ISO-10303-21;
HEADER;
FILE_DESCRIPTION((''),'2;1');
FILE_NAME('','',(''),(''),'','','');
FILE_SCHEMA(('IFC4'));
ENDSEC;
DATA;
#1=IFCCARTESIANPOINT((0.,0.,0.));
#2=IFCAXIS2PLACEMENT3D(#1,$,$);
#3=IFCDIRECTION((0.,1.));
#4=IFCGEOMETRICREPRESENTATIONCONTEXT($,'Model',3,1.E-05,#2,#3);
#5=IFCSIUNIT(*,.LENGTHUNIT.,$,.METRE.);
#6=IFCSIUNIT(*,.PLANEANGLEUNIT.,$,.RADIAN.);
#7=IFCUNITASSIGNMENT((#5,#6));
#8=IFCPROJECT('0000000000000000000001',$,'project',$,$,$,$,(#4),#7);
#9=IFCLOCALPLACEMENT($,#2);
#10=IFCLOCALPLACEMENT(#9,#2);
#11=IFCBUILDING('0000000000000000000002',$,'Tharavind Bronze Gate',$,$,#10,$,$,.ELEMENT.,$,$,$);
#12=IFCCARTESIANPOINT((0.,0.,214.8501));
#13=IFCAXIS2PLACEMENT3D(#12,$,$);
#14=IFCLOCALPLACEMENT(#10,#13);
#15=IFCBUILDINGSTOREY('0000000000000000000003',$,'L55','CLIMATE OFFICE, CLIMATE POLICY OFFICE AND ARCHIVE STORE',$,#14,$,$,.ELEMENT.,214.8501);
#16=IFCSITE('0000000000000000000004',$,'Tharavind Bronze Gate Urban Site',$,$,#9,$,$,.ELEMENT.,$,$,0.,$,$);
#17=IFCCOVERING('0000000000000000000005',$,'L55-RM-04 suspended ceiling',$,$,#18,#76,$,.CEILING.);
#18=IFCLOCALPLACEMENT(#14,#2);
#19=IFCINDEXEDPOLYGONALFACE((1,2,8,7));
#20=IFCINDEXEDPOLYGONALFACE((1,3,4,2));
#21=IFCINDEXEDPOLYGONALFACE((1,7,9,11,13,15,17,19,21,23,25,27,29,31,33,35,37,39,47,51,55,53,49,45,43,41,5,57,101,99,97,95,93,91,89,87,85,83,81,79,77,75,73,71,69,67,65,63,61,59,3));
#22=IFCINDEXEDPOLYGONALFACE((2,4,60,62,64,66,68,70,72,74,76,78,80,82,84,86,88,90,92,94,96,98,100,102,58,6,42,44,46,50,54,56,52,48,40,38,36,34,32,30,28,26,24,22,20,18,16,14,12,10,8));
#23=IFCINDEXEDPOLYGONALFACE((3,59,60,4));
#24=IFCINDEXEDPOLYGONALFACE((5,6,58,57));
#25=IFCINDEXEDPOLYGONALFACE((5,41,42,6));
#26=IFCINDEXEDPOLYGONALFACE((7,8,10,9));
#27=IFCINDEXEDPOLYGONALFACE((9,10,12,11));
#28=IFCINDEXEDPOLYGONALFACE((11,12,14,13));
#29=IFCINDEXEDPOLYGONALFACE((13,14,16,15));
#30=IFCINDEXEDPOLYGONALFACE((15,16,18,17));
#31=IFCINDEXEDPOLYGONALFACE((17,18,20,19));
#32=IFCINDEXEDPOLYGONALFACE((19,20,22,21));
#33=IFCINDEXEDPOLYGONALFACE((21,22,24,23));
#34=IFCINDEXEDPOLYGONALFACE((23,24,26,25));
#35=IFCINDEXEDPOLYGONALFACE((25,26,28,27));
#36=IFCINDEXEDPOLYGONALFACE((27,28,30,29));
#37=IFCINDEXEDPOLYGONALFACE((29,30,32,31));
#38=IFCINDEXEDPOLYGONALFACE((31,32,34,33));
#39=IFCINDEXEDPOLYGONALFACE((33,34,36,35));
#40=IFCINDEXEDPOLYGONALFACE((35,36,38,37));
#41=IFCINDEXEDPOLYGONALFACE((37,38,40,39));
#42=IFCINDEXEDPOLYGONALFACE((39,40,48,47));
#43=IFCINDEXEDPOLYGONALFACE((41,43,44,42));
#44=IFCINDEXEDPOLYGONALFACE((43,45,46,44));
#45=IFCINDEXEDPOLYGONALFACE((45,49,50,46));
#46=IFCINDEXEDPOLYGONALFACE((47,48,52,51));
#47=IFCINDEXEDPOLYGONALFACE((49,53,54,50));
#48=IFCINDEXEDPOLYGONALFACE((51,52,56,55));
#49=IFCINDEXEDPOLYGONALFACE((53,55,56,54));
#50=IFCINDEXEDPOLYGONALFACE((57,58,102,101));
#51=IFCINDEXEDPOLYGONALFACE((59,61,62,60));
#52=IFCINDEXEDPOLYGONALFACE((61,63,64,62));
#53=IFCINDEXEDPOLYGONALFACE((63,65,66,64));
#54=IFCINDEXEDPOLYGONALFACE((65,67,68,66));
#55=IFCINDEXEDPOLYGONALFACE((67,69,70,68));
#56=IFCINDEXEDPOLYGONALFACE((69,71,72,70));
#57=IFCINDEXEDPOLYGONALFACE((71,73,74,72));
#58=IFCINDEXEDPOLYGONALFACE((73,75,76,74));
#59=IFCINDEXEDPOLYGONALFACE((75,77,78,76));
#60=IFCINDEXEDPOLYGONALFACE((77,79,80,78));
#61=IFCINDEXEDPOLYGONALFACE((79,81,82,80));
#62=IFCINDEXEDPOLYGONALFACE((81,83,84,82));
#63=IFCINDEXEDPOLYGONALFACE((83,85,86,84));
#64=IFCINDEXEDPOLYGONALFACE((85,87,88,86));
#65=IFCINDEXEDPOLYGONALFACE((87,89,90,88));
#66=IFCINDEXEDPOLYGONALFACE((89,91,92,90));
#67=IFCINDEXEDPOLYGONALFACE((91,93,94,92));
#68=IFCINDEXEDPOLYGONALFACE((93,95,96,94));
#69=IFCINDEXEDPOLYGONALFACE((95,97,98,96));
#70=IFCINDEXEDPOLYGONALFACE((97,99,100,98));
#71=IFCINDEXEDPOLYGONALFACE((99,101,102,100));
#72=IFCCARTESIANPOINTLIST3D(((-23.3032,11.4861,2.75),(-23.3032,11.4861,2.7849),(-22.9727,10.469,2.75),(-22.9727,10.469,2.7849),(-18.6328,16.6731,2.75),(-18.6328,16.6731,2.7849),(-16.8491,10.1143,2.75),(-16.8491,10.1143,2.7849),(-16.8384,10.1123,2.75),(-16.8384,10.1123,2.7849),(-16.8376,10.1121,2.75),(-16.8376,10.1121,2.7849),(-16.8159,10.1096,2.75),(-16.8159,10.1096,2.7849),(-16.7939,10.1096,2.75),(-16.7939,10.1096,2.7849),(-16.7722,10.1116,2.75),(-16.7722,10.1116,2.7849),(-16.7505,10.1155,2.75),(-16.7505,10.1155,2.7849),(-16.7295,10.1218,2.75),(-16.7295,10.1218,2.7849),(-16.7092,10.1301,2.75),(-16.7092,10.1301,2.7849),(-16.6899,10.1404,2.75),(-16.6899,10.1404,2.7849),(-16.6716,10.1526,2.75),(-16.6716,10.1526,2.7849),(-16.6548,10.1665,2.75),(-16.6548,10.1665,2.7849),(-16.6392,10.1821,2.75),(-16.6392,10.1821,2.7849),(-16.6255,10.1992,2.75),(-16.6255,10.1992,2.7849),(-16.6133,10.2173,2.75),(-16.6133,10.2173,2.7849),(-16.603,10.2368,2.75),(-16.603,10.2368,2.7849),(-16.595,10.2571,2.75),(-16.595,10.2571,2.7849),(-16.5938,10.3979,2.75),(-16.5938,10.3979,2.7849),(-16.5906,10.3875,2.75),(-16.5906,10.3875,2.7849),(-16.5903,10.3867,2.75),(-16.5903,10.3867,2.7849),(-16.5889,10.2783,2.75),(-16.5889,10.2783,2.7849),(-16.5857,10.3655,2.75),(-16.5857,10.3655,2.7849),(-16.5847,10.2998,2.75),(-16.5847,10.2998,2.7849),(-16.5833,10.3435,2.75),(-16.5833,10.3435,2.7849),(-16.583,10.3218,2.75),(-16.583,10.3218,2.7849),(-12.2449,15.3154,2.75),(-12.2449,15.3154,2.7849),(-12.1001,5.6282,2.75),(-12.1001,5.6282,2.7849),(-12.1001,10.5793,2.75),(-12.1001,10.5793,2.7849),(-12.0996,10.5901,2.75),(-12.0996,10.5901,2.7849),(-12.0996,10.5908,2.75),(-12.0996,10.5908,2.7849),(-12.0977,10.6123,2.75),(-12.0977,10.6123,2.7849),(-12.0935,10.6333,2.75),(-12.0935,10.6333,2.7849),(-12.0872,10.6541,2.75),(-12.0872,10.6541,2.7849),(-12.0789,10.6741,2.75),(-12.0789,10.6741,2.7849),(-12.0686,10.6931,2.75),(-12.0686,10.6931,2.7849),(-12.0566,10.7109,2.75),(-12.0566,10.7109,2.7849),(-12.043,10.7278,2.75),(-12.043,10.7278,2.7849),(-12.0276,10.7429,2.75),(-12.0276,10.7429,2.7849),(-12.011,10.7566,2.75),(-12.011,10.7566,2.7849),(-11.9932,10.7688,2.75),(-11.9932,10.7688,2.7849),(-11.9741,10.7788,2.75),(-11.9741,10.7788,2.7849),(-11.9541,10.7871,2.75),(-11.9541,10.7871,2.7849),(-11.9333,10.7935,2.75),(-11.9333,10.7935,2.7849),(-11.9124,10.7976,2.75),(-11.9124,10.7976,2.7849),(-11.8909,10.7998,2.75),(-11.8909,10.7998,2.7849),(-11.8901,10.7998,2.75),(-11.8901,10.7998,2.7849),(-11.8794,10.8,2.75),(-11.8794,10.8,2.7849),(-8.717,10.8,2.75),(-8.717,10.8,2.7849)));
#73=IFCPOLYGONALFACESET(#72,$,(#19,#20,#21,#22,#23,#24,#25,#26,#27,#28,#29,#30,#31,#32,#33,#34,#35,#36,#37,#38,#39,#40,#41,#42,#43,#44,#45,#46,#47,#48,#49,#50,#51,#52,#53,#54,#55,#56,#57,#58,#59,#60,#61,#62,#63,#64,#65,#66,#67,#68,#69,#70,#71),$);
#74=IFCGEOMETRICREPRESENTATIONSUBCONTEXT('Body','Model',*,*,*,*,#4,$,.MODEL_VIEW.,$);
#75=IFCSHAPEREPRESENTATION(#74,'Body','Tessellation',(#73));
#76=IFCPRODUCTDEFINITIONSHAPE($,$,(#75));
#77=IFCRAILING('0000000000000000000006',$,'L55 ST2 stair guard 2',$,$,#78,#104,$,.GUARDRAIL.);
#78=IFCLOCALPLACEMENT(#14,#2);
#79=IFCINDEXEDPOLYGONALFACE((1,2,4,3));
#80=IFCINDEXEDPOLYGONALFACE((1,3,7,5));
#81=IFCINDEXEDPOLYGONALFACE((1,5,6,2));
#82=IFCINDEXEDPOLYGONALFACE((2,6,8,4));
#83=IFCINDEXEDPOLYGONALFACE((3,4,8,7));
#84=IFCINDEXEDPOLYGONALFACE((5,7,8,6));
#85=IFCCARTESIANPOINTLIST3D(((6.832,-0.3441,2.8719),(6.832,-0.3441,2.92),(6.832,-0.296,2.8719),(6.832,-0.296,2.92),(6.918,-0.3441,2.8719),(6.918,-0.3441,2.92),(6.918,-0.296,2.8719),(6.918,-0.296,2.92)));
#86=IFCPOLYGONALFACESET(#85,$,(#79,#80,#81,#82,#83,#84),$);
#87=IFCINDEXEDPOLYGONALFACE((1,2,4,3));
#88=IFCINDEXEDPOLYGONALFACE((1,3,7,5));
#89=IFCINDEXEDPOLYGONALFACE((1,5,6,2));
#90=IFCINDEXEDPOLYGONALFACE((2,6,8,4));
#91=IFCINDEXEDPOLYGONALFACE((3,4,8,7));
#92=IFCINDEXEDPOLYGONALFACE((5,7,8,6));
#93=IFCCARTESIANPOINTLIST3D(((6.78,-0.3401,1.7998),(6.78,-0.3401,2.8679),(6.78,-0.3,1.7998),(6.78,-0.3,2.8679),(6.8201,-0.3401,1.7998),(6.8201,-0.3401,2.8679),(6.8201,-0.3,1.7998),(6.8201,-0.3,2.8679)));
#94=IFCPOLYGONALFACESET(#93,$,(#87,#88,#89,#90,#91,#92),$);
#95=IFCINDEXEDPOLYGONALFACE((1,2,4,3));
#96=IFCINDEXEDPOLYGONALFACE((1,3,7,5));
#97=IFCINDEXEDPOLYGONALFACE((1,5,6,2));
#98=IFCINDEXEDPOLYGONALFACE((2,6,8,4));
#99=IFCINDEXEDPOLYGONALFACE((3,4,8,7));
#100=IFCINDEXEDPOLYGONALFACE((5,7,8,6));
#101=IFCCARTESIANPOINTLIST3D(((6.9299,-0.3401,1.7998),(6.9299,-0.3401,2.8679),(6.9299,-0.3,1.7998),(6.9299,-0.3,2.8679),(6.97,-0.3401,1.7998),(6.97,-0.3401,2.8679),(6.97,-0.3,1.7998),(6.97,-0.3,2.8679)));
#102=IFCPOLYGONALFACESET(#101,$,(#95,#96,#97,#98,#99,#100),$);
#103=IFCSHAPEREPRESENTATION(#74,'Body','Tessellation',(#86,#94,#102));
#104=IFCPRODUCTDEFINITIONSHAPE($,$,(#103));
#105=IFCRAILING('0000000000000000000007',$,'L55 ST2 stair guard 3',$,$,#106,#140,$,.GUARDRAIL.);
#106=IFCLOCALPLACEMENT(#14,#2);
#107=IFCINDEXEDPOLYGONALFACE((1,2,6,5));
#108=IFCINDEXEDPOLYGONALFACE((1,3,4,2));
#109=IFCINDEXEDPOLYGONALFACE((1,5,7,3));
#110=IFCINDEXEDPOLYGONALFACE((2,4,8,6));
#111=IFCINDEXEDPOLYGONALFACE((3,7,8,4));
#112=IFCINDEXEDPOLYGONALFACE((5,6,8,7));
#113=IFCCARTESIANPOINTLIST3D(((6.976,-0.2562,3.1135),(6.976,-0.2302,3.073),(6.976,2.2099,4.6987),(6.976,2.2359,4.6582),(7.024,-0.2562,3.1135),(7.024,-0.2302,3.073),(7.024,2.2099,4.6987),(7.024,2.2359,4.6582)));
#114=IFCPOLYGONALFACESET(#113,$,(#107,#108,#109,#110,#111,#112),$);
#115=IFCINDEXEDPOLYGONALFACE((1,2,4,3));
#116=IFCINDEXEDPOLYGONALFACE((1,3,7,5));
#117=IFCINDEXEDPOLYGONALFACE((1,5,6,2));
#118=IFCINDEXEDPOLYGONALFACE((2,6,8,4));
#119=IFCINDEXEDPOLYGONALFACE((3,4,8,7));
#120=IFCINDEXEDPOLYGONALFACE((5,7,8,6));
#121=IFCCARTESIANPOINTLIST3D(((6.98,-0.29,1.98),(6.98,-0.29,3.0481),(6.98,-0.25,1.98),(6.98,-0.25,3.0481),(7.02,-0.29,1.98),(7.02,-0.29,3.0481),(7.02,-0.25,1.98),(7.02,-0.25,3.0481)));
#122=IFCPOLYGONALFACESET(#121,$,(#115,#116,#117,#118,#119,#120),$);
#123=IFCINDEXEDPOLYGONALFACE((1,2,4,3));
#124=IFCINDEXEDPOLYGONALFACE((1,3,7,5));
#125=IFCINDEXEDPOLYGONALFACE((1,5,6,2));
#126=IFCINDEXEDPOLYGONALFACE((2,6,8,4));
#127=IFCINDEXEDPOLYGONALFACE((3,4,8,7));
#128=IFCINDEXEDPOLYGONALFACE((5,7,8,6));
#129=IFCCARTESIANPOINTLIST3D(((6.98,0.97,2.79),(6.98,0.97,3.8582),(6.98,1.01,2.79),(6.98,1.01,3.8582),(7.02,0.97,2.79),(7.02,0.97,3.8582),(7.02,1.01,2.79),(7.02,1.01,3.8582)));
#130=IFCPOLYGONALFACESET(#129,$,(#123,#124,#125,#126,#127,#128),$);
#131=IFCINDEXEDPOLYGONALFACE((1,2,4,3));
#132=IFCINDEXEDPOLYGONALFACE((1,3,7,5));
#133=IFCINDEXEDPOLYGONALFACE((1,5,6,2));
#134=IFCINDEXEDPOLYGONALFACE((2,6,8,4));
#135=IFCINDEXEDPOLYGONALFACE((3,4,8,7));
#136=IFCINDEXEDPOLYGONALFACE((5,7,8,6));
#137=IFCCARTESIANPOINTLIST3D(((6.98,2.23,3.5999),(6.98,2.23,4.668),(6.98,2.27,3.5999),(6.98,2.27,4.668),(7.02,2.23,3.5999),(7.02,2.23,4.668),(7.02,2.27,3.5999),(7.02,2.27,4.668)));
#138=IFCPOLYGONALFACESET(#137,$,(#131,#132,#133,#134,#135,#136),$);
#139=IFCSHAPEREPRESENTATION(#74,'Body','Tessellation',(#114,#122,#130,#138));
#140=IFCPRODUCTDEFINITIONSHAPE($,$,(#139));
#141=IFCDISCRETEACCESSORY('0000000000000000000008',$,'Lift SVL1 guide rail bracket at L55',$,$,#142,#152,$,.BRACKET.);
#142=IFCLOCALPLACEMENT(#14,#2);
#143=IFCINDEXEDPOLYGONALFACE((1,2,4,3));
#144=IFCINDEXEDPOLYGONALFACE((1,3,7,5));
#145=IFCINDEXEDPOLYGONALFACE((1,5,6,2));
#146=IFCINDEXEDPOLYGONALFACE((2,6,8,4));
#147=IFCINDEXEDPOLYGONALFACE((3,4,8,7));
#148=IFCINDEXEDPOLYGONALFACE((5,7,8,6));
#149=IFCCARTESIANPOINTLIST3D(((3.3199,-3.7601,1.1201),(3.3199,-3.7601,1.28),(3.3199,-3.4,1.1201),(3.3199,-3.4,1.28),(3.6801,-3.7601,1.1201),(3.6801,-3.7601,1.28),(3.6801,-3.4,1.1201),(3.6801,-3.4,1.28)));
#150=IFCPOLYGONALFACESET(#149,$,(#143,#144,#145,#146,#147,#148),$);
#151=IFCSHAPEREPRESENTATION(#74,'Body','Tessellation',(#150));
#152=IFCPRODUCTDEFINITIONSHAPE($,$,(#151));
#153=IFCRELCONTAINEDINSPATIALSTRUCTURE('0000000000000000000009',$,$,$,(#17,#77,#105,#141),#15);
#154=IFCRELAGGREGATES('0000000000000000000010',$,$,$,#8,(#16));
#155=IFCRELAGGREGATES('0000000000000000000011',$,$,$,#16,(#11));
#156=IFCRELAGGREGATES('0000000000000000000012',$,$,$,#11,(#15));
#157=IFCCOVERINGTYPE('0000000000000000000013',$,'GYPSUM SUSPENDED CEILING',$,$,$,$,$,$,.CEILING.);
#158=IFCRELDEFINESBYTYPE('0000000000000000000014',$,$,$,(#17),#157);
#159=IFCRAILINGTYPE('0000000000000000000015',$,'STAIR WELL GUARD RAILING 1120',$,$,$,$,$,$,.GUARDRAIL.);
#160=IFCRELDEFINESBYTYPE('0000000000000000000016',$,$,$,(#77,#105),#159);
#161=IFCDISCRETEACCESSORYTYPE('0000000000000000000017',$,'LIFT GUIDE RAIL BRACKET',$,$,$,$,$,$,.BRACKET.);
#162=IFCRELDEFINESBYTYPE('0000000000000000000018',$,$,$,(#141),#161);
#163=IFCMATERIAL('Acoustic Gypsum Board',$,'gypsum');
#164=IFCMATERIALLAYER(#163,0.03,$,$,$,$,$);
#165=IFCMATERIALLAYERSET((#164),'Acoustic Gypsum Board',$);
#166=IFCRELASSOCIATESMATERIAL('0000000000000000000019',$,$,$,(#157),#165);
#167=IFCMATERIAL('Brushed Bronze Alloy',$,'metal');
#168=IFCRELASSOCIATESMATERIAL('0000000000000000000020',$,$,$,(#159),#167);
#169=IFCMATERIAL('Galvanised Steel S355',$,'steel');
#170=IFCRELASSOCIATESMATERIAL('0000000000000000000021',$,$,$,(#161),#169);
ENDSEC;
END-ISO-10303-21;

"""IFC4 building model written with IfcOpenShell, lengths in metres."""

from ifc_helpers import new_model, si_unit, direction, frame, origin, origin_2d, place, context, subcontext, project, spatial, polyline, rectangle, outline, extrude, material, layer, layer_set, type_object, element, save


model = new_model("IFC4")

# Units and contexts
model_context = context("Model", 3, precision=1e-05, world=origin(), true_north=direction((0.0, 1.0)))
body_context = subcontext(model_context, "Body", "Model", "MODEL_VIEW")
ifc_project = project(units=[si_unit("LENGTHUNIT", "METRE"), si_unit("PLANEANGLEUNIT", "RADIAN")], contexts=[model_context])

# Site, building, storey
site_placement = place(None, origin())
site = spatial("IfcSite", under=ifc_project, at=site_placement, Name="Tharavind Bronze Gate Urban Site", CompositionType="ELEMENT", RefElevation=0.0)
building_placement = place(site_placement, origin())
building = spatial("IfcBuilding", under=site, at=building_placement, Name="Tharavind Bronze Gate", CompositionType="ELEMENT")
storey_placement = place(building_placement, frame((0.0, 0.0, 214.8501)))
storey = spatial("IfcBuildingStorey", under=building, at=storey_placement, Name="L55", Description="CLIMATE OFFICE, CLIMATE POLICY OFFICE AND ARCHIVE STORE", CompositionType="ELEMENT", Elevation=214.8501)

# Covering
ifc_material_1 = material(Name="Acoustic Gypsum Board", Category="gypsum")
ifc_layer_1 = layer(ifc_material_1, 0.03)
ifc_layer_set_1 = layer_set([ifc_layer_1], Name="Acoustic Gypsum Board")
covering_type_1 = type_object("IfcCoveringType", Name="GYPSUM SUSPENDED CEILING", PredefinedType="CEILING", material=ifc_layer_set_1)
covering_1_placement = place(storey_placement, frame((0.0, 0.0, 2.75)))
element("IfcCovering", 1, at=covering_1_placement, inside=storey, type_object=covering_type_1, Name="L55-RM-04 suspended ceiling", PredefinedType="CEILING", context=body_context, shape_type="SweptSolid", body=[
    extrude(outline(polyline([(-22.9727, 10.469), (-12.1001, 5.6282), (-12.1001, 10.5793), (-12.0996, 10.5901), (-12.0996, 10.5908), (-12.0977, 10.6123), (-12.0935, 10.6333), (-12.0872, 10.6541), (-12.0789, 10.6741), (-12.0686, 10.6931), (-12.0566, 10.7109), (-12.043, 10.7278), (-12.0276, 10.7429), (-12.011, 10.7566), (-11.9932, 10.7688), (-11.9741, 10.7788), (-11.9541, 10.7871), (-11.9333, 10.7935), (-11.9124, 10.7976), (-11.8909, 10.7998), (-11.8901, 10.7998), (-11.8794, 10.8), (-8.717, 10.8), (-12.2449, 15.3154), (-18.6328, 16.6731), (-16.5938, 10.3979), (-16.5906, 10.3875), (-16.5903, 10.3867), (-16.5857, 10.3655), (-16.5833, 10.3435), (-16.583, 10.3218), (-16.5847, 10.2998), (-16.5889, 10.2783), (-16.595, 10.2571), (-16.603, 10.2368), (-16.6133, 10.2173), (-16.6255, 10.1992), (-16.6392, 10.1821), (-16.6548, 10.1665), (-16.6716, 10.1526), (-16.6899, 10.1404), (-16.7092, 10.1301), (-16.7295, 10.1218), (-16.7505, 10.1155), (-16.7722, 10.1116), (-16.7939, 10.1096), (-16.8159, 10.1096), (-16.8376, 10.1121), (-16.8384, 10.1123), (-16.8491, 10.1143), (-23.3032, 11.4861), (-22.9727, 10.469)])), origin(), (0.0, 0.0, 1.0), 0.0349),
])

# Railings
ifc_material_2 = material(Name="Brushed Bronze Alloy", Category="metal")
railing_type = type_object("IfcRailingType", Name="STAIR WELL GUARD RAILING 1120", PredefinedType="GUARDRAIL", material=ifc_material_2)
railing_1_placement = place(storey_placement, frame((6.8, -0.3201, 1.7998)))
element("IfcRailing", 2, at=railing_1_placement, inside=storey, type_object=railing_type, Name="L55 ST2 stair guard 2", PredefinedType="GUARDRAIL", context=body_context, shape_type="SweptSolid", body=[
    extrude(rectangle(XDim=0.0481, YDim=0.0481, at=origin_2d()), frame((0.032, 0.0, 1.0962), z_axis=(1.0, 0.0, 0.0), x_axis=(0.0, 1.0, 0.0)), (0.0, 0.0, 1.0), 0.0859),
    extrude(rectangle(XDim=0.04, YDim=0.04, at=origin_2d()), origin(), (0.0, 0.0, 1.0), 1.0681),
    extrude(rectangle(XDim=0.04, YDim=0.04, at=origin_2d()), frame((0.1499, 0.0, 0.0)), (0.0, 0.0, 1.0), 1.0681),
])
railing_2_placement = place(storey_placement, frame((7.0, -0.27, 1.98)))
element("IfcRailing", 3, at=railing_2_placement, inside=storey, type_object=railing_type, Name="L55 ST2 stair guard 3", PredefinedType="GUARDRAIL", context=body_context, shape_type="SweptSolid", body=[
    extrude(rectangle(XDim=0.0481, YDim=0.0481, at=origin_2d()), frame((0.0, 0.0269, 1.1133), z_axis=(0.0, 0.8412, 0.540725), x_axis=(-1.0, 0.0, 0.0)), (0.0, 0.0, 1.0), 2.9316),
    extrude(rectangle(XDim=0.04, YDim=0.04, at=origin_2d()), origin(), (0.0, 0.0, 1.0), 1.0681),
    extrude(rectangle(XDim=0.04, YDim=0.04, at=origin_2d()), frame((0.0, 1.26, 0.8101)), (0.0, 0.0, 1.0), 1.0681),
    extrude(rectangle(XDim=0.04, YDim=0.04, at=origin_2d()), frame((0.0, 2.52, 1.6199)), (0.0, 0.0, 1.0), 1.0681),
])

# Discrete accessory
ifc_material_3 = material(Name="Galvanised Steel S355", Category="steel")
discrete_accessory_type = type_object("IfcDiscreteAccessoryType", Name="LIFT GUIDE RAIL BRACKET", PredefinedType="BRACKET", material=ifc_material_3)
discrete_accessory_placement = place(storey_placement, frame((3.5, -3.5801, 1.1201), z_axis=(0.0, 0.0, 1.0), x_axis=(1.0, 0.0, 0.0)))
element("IfcDiscreteAccessory", 4, at=discrete_accessory_placement, inside=storey, type_object=discrete_accessory_type, Name="Lift SVL1 guide rail bracket at L55", PredefinedType="BRACKET", context=body_context, shape_type="SweptSolid", body=[
    extrude(rectangle(XDim=0.3601, YDim=0.3601, at=origin_2d()), origin(), (0.0, 0.0, 1.0), 0.1599),
])

save(model, "model.ifc")
